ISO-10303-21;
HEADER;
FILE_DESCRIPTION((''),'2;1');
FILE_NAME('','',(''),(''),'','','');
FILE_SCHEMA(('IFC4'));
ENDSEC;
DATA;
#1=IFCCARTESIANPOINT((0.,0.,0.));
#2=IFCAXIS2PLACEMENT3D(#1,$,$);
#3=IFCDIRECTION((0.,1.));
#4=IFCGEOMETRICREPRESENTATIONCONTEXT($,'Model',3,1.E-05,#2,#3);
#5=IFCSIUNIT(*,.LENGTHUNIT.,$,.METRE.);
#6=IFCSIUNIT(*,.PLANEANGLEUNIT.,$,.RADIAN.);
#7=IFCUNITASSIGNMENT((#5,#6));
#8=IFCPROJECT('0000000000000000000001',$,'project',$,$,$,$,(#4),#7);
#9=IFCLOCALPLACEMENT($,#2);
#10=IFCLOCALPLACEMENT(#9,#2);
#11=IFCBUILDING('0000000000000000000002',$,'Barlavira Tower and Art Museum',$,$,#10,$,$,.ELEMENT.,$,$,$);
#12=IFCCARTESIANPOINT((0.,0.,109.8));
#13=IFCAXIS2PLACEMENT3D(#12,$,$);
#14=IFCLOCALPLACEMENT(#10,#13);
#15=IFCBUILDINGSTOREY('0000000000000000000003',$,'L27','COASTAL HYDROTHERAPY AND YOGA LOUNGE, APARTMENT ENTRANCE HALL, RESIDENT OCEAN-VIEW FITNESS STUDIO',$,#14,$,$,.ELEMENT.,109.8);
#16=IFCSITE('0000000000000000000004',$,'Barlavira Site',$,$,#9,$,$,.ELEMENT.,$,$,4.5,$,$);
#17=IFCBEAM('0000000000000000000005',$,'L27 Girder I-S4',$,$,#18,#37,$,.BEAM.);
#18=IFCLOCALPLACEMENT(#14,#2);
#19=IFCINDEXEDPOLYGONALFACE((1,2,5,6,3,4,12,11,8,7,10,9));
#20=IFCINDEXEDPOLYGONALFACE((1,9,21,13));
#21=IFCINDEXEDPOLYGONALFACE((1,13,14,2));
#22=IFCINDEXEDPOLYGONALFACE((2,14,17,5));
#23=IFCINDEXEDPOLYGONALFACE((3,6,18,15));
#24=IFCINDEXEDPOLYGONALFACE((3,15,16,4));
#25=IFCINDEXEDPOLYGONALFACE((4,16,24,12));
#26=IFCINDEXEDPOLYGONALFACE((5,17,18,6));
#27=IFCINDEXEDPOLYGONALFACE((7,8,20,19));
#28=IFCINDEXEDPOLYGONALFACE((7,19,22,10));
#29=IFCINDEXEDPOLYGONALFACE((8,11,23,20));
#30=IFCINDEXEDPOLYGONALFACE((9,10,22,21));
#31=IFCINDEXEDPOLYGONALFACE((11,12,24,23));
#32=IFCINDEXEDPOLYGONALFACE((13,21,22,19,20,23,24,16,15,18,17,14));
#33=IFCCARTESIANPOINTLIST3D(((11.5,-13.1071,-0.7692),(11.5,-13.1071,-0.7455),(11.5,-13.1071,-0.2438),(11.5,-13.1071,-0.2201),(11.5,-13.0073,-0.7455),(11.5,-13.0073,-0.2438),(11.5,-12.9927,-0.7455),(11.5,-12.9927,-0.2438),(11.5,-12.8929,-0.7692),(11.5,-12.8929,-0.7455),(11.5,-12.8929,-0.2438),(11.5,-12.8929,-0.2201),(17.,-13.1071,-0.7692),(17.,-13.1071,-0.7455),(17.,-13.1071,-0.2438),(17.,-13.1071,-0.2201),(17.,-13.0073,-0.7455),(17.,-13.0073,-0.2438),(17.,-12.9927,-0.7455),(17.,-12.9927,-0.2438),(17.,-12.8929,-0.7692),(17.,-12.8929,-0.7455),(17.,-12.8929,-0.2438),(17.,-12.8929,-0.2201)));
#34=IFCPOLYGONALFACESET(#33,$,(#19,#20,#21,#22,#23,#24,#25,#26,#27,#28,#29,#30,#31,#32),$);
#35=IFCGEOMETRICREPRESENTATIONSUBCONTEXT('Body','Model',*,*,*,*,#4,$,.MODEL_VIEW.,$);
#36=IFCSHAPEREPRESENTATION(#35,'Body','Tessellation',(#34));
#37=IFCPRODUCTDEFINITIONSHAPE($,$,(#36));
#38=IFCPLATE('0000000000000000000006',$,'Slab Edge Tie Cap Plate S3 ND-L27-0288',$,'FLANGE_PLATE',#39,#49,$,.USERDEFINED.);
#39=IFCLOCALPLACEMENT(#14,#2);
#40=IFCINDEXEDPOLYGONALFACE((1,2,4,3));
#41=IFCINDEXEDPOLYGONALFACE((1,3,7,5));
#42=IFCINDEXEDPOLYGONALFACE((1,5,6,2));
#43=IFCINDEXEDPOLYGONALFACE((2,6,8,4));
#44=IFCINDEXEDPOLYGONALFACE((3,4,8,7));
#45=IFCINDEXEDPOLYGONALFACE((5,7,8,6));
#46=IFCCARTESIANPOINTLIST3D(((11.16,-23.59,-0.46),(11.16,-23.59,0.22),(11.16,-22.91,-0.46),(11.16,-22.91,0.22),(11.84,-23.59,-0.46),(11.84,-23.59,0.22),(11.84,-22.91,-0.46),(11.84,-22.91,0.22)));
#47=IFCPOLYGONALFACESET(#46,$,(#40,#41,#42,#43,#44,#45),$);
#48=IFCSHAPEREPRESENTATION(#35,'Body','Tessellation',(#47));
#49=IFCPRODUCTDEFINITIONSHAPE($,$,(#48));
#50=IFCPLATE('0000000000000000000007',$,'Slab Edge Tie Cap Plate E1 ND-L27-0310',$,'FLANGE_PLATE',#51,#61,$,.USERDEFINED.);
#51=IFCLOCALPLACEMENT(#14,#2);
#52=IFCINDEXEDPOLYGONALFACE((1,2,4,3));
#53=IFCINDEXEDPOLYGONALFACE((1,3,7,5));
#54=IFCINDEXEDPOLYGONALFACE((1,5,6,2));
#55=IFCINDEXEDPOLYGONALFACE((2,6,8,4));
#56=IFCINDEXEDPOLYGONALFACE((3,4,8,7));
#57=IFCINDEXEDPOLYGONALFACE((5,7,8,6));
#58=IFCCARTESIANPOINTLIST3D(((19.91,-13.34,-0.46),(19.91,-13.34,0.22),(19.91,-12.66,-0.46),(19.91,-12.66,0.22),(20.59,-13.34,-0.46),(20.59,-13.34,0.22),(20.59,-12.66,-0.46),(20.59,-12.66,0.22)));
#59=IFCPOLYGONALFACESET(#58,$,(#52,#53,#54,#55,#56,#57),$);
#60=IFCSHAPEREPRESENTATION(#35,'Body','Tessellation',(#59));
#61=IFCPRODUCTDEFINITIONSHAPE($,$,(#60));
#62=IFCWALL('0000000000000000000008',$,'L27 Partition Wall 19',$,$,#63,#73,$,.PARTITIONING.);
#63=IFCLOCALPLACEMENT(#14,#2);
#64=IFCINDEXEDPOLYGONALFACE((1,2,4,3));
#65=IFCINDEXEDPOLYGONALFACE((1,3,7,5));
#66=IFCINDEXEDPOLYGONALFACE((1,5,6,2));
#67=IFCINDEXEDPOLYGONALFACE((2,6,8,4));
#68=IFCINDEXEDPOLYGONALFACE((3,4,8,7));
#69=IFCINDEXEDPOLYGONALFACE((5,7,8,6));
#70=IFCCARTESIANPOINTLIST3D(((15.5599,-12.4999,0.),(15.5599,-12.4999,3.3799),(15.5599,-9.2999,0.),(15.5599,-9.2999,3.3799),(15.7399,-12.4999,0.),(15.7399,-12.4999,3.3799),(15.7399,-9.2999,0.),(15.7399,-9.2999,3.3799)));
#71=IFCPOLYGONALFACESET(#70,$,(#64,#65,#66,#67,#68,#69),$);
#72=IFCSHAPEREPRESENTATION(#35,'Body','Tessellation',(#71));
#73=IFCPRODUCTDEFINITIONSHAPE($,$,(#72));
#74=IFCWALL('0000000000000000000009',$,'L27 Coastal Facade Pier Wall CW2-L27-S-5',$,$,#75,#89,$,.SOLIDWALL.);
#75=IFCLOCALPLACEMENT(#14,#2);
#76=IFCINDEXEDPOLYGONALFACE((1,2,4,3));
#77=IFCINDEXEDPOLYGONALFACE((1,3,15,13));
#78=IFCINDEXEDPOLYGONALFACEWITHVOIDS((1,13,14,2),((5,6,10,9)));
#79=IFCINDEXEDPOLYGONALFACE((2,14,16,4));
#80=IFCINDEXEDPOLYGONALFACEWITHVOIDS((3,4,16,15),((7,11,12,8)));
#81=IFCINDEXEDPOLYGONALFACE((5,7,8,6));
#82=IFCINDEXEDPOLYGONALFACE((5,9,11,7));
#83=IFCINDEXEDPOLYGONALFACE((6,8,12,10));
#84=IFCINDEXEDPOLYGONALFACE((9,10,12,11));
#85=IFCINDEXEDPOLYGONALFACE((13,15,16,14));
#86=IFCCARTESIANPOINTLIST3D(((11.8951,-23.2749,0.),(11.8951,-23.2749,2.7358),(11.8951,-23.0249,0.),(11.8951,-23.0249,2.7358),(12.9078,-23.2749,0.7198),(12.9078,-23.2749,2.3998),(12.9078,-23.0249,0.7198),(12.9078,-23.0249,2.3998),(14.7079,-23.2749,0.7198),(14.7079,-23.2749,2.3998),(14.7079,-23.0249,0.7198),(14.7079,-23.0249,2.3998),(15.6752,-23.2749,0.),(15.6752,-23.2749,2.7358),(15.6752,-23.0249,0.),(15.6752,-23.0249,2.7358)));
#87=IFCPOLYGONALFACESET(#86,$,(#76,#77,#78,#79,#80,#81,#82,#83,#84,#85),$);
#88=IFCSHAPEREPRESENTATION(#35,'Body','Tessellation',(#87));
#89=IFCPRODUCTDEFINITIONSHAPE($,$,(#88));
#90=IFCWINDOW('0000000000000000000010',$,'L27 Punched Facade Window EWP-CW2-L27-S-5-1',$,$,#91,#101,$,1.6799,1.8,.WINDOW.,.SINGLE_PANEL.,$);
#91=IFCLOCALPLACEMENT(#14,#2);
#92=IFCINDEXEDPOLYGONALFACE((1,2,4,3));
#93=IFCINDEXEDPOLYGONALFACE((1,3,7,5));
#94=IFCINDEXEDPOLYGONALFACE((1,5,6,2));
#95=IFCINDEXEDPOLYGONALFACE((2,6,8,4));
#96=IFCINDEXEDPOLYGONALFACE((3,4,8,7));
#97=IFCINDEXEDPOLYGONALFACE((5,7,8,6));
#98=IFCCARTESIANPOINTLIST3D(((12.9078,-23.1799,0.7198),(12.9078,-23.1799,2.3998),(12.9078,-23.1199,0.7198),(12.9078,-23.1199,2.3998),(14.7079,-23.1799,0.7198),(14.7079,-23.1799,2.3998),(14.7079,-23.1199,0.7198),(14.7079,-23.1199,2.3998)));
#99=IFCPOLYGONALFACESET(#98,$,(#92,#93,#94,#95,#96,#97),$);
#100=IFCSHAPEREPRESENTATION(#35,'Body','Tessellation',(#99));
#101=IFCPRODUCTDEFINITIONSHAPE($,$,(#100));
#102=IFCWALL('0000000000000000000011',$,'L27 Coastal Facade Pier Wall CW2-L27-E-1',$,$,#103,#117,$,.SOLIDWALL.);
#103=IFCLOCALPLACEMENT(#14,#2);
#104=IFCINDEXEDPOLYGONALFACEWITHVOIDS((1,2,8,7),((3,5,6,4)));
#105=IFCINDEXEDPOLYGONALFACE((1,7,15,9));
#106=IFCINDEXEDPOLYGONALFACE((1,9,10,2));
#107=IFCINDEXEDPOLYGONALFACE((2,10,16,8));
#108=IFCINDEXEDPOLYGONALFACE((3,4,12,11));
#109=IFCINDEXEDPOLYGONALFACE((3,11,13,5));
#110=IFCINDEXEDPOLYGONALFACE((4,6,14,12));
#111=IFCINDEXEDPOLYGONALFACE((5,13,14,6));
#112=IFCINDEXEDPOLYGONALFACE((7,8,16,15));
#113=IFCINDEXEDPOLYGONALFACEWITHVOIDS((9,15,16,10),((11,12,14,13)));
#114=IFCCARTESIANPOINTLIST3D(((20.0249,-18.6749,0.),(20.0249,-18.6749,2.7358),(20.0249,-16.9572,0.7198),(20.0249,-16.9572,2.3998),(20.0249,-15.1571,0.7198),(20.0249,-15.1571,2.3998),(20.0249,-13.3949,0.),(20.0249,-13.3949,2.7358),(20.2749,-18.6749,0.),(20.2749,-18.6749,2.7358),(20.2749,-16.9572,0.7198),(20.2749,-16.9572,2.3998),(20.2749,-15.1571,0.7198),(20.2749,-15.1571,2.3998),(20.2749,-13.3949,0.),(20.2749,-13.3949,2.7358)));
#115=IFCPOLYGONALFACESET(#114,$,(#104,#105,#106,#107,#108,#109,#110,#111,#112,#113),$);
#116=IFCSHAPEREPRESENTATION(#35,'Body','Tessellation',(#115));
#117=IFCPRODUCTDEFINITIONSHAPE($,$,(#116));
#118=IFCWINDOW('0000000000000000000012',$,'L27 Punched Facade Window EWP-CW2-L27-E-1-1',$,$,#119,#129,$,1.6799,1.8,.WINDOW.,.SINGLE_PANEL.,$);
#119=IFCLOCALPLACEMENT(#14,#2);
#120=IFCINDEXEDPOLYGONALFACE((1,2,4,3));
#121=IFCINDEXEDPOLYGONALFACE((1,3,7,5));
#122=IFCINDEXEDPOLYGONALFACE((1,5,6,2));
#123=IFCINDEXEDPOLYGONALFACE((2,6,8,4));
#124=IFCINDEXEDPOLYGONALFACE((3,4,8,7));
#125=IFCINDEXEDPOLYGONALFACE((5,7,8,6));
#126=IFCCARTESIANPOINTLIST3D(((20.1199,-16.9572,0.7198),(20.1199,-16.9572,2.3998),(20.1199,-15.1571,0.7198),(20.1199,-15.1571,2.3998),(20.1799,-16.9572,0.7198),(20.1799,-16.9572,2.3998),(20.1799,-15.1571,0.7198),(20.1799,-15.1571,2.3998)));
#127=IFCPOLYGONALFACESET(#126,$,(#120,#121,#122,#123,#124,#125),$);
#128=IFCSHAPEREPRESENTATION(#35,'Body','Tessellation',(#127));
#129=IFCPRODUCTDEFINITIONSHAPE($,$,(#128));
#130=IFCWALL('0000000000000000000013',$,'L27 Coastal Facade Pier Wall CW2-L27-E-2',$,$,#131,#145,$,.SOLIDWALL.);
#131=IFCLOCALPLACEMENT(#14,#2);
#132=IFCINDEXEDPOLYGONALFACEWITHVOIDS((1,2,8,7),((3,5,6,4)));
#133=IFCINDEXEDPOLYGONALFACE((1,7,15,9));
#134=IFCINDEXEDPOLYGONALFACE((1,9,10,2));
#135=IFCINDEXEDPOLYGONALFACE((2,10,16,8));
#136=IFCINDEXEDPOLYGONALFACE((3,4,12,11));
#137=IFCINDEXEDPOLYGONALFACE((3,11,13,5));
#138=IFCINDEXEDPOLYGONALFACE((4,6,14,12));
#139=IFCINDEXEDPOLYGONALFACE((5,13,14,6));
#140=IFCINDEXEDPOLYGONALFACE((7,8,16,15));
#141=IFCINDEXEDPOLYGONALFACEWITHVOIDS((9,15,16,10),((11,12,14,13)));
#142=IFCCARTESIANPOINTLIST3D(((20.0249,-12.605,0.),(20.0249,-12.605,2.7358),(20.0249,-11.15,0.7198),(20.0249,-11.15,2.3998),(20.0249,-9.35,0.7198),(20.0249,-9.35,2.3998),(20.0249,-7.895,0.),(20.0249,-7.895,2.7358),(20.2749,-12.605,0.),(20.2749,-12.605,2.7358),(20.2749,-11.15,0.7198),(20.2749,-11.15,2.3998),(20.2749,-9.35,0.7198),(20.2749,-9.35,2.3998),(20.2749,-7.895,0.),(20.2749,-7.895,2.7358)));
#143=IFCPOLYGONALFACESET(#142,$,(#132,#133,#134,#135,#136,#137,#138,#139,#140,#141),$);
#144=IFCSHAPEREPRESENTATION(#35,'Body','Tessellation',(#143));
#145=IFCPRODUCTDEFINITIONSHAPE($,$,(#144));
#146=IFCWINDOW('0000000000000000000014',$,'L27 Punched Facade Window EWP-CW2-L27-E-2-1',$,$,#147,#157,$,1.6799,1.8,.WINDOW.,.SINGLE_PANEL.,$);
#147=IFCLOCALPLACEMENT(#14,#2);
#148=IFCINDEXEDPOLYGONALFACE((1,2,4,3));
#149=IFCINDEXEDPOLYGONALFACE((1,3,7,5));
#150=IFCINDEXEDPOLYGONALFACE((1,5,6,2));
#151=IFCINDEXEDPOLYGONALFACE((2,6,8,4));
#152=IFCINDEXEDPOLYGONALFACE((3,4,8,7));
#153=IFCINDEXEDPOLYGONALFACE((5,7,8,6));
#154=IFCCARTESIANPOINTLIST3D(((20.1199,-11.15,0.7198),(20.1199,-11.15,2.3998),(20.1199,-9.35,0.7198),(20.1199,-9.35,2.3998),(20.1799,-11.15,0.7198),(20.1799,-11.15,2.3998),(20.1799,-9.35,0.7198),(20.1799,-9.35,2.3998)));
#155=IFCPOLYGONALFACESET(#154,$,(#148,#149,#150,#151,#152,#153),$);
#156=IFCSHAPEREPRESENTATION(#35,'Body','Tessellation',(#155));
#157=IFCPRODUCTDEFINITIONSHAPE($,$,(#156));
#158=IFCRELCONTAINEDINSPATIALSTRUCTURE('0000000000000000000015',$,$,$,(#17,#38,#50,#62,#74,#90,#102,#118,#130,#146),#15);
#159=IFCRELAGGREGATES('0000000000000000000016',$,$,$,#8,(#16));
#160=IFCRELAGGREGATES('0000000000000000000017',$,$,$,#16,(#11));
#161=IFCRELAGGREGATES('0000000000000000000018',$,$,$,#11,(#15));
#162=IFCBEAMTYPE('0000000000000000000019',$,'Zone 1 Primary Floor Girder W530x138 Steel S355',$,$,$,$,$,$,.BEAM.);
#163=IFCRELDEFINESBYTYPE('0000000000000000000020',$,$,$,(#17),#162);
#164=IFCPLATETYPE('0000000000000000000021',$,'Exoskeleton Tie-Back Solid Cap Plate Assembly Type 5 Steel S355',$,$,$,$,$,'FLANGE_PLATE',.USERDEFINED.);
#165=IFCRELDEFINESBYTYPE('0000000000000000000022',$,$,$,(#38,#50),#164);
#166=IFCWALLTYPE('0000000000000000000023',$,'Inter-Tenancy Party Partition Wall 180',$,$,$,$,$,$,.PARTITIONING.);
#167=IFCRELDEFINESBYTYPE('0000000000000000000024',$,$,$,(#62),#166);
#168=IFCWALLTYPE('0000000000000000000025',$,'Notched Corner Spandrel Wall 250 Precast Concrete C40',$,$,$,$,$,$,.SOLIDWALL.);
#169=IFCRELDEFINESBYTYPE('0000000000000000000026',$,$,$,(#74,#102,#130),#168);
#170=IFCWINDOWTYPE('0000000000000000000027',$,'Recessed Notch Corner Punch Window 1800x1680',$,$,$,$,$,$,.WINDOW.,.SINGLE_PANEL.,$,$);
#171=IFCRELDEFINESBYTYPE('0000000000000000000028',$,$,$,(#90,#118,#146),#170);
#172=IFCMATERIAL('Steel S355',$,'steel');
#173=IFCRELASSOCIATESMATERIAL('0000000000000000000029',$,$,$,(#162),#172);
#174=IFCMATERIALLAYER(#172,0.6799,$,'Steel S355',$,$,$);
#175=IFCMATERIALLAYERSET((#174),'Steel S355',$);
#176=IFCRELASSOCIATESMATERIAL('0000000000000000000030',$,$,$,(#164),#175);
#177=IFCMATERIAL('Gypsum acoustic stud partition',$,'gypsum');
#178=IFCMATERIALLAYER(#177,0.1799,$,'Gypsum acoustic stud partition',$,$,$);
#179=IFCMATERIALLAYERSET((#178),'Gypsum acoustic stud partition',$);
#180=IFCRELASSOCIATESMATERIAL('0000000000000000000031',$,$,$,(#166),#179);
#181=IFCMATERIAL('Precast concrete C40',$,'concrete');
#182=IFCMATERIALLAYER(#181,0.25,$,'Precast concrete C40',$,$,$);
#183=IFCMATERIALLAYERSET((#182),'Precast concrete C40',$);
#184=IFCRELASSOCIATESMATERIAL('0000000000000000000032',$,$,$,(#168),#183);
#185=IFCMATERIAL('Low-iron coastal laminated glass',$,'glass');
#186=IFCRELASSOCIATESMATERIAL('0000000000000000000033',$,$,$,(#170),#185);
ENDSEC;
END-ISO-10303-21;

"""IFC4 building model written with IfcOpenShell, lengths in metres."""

from ifc_helpers import new_model, si_unit, direction, frame, frame_2d, origin, origin_2d, place, context, subcontext, project, spatial, rectangle, i_section, extrude, material, layer, layer_set, material_profile, profile_set, type_object, element, fill, save


model = new_model("IFC4")

# Units and contexts
model_context = context("Model", 3, precision=1e-05, world=origin(), true_north=direction((0.0, 1.0)))
body_context = subcontext(model_context, "Body", "Model", "MODEL_VIEW")
ifc_project = project(units=[si_unit("LENGTHUNIT", "METRE"), si_unit("PLANEANGLEUNIT", "RADIAN")], contexts=[model_context])

# Site, building, storey
site_placement = place(None, origin())
site = spatial("IfcSite", under=ifc_project, at=site_placement, Name="Barlavira Site", CompositionType="ELEMENT", RefElevation=4.5)
building_placement = place(site_placement, origin())
building = spatial("IfcBuilding", under=site, at=building_placement, Name="Barlavira Tower and Art Museum", CompositionType="ELEMENT")
storey_placement = place(building_placement, frame((0.0, 0.0, 109.8)))
storey = spatial("IfcBuildingStorey", under=building, at=storey_placement, Name="L27", Description="COASTAL HYDROTHERAPY AND YOGA LOUNGE, APARTMENT ENTRANCE HALL, RESIDENT OCEAN-VIEW FITNESS STUDIO", CompositionType="ELEMENT", Elevation=109.8)

# Shared definitions
ifc_material_1 = material(Name="Steel S355", Category="steel")

# Beam
ifc_material_profile_1 = material_profile(ifc_material_1, i_section(OverallWidth=0.2141, OverallDepth=0.5491, WebThickness=0.0146, FlangeThickness=0.0237, at=origin_2d()), Name="W530x138.0")
ifc_profile_set_1 = profile_set([ifc_material_profile_1], Name="Steel S355")
beam_type_1 = type_object("IfcBeamType", Name="Zone 1 Primary Floor Girder W530x138 Steel S355", PredefinedType="BEAM", material=ifc_profile_set_1)
for number, where, z_axis, x_axis, name in (
    (1, (11.5, -13.0, -0.4946), (1.0, 0.0, 0.0), (0.0, 1.0, 0.0), "L27 Girder I-S4"),
):
    element("IfcBeam", number, at=place(storey_placement, frame(where, z_axis=z_axis, x_axis=x_axis)), inside=storey, type_object=beam_type_1, Name=name, PredefinedType="BEAM", context=body_context, shape_type="SweptSolid", body=[
        extrude(i_section(OverallWidth=0.2141, OverallDepth=0.5491, WebThickness=0.0146, FlangeThickness=0.0237, at=origin_2d()), origin(), (0.0, 0.0, 1.0), 5.5),
    ])

# Plates
ifc_layer_1 = layer(ifc_material_1, 0.6799, Name="Steel S355")
ifc_layer_set_1 = layer_set([ifc_layer_1], Name="Steel S355")
plate_type = type_object("IfcPlateType", Name="Exoskeleton Tie-Back Solid Cap Plate Assembly Type 5 Steel S355", ElementType="FLANGE_PLATE", PredefinedType="USERDEFINED", material=ifc_layer_set_1)
for number, where, z_axis, x_axis, name in (
    (2, (11.5, -23.25, -0.46), (0.0, 0.0, 1.0), (1.0, 0.0, 0.0), "Slab Edge Tie Cap Plate S3 ND-L27-0288"),
    (3, (20.25, -13.0, -0.46), (0.0, 0.0, 1.0), (1.0, 0.0, 0.0), "Slab Edge Tie Cap Plate E1 ND-L27-0310"),
):
    element("IfcPlate", number, at=place(storey_placement, frame(where, z_axis=z_axis, x_axis=x_axis)), inside=storey, type_object=plate_type, Name=name, ObjectType="FLANGE_PLATE", PredefinedType="USERDEFINED", context=body_context, shape_type="SweptSolid", body=[
        extrude(rectangle(XDim=0.6799, YDim=0.6799, at=origin_2d()), origin(), (0.0, 0.0, 1.0), 0.6799),
    ])

# Wall
ifc_material_2 = material(Name="Gypsum acoustic stud partition", Category="gypsum")
ifc_layer_2 = layer(ifc_material_2, 0.1799, Name="Gypsum acoustic stud partition")
ifc_layer_set_2 = layer_set([ifc_layer_2], Name="Gypsum acoustic stud partition")
wall_type_1 = type_object("IfcWallType", Name="Inter-Tenancy Party Partition Wall 180", PredefinedType="PARTITIONING", material=ifc_layer_set_2)
wall_1_placement = place(storey_placement, frame((15.6499, -12.5, 0.0), z_axis=(0.0, 0.0, 1.0), x_axis=(0.0, 1.0, 0.0)))
element("IfcWall", 4, at=wall_1_placement, inside=storey, type_object=wall_type_1, Name="L27 Partition Wall 19", PredefinedType="PARTITIONING", context=body_context, shape_type="SweptSolid", body=[
    extrude(rectangle(XDim=3.2, YDim=0.1799, at=frame_2d((1.6001, 0.0))), origin(), (0.0, 0.0, 1.0), 3.3799),
])

# Walls, openings, windows
ifc_material_3 = material(Name="Precast concrete C40", Category="concrete")
ifc_layer_3 = layer(ifc_material_3, 0.25, Name="Precast concrete C40")
ifc_layer_set_3 = layer_set([ifc_layer_3], Name="Precast concrete C40")
wall_type_2 = type_object("IfcWallType", Name="Notched Corner Spandrel Wall 250 Precast Concrete C40", PredefinedType="SOLIDWALL", material=ifc_layer_set_3)
wall_2_placement = place(storey_placement, frame((11.895, -23.1499, 0.0), z_axis=(0.0, 0.0, 1.0), x_axis=(1.0, 0.0, 0.0)))
wall_2 = element("IfcWall", 5, at=wall_2_placement, inside=storey, type_object=wall_type_2, Name="L27 Coastal Facade Pier Wall CW2-L27-S-5", PredefinedType="SOLIDWALL", context=body_context, shape_type="SweptSolid", body=[
    extrude(rectangle(XDim=3.78, YDim=0.25, at=frame_2d((1.8901, 0.0))), origin(), (0.0, 0.0, 1.0), 2.7358),
])
opening_1_placement = place(wall_2_placement, frame((1.0129, 0.0, 0.72)))
opening_1 = element("IfcOpeningElement", 6, at=opening_1_placement, cuts=wall_2, PredefinedType="OPENING", context=body_context, shape_type="SweptSolid", body=[
    extrude(rectangle(XDim=1.8, YDim=1.6799, at=frame_2d((0.8999, 0.8398))), frame((0.0, 0.135, 0.0), z_axis=(0.0, -1.0, 0.0), x_axis=(1.0, 0.0, 0.0)), (0.0, 0.0, 1.0), 0.27),
])
ifc_material_4 = material(Name="Low-iron coastal laminated glass", Category="glass")
window_type = type_object("IfcWindowType", Name="Recessed Notch Corner Punch Window 1800x1680", PartitioningType="SINGLE_PANEL", PredefinedType="WINDOW", material=ifc_material_4)
window_1_placement = place(opening_1_placement, origin())
window_1 = element("IfcWindow", 7, at=window_1_placement, inside=storey, type_object=window_type, Name="L27 Punched Facade Window EWP-CW2-L27-S-5-1", OverallHeight=1.6799, OverallWidth=1.8, PartitioningType="SINGLE_PANEL", PredefinedType="WINDOW", context=body_context, shape_type="SweptSolid", body=[
    extrude(rectangle(XDim=1.8, YDim=1.6799, at=frame_2d((0.8999, 0.8398))), frame((0.0, 0.03, 0.0), z_axis=(0.0, -1.0, 0.0), x_axis=(1.0, 0.0, 0.0)), (0.0, 0.0, 1.0), 0.0601),
])
fill(opening_1, window_1)
wall_3_placement = place(storey_placement, frame((20.1499, -18.675, 0.0), z_axis=(0.0, 0.0, 1.0), x_axis=(0.0, 1.0, 0.0)))
wall_3 = element("IfcWall", 8, at=wall_3_placement, inside=storey, type_object=wall_type_2, Name="L27 Coastal Facade Pier Wall CW2-L27-E-1", PredefinedType="SOLIDWALL", context=body_context, shape_type="SweptSolid", body=[
    extrude(rectangle(XDim=5.28, YDim=0.25, at=frame_2d((2.6401, 0.0))), origin(), (0.0, 0.0, 1.0), 2.7358),
])
opening_2_placement = place(wall_3_placement, frame((1.718, 0.0, 0.72)))
opening_2 = element("IfcOpeningElement", 9, at=opening_2_placement, cuts=wall_3, PredefinedType="OPENING", context=body_context, shape_type="SweptSolid", body=[
    extrude(rectangle(XDim=1.8, YDim=1.6799, at=frame_2d((0.8999, 0.8398))), frame((0.0, 0.135, 0.0), z_axis=(0.0, -1.0, 0.0), x_axis=(1.0, 0.0, 0.0)), (0.0, 0.0, 1.0), 0.27),
])
window_2_placement = place(opening_2_placement, origin())
window_2 = element("IfcWindow", 10, at=window_2_placement, inside=storey, type_object=window_type, Name="L27 Punched Facade Window EWP-CW2-L27-E-1-1", OverallHeight=1.6799, OverallWidth=1.8, PartitioningType="SINGLE_PANEL", PredefinedType="WINDOW", context=body_context, shape_type="SweptSolid", body=[
    extrude(rectangle(XDim=1.8, YDim=1.6799, at=frame_2d((0.8999, 0.8398))), frame((0.0, 0.03, 0.0), z_axis=(0.0, -1.0, 0.0), x_axis=(1.0, 0.0, 0.0)), (0.0, 0.0, 1.0), 0.0601),
])
fill(opening_2, window_2)
wall_4_placement = place(storey_placement, frame((20.1499, -12.605, 0.0), z_axis=(0.0, 0.0, 1.0), x_axis=(0.0, 1.0, 0.0)))
wall_4 = element("IfcWall", 11, at=wall_4_placement, inside=storey, type_object=wall_type_2, Name="L27 Coastal Facade Pier Wall CW2-L27-E-2", PredefinedType="SOLIDWALL", context=body_context, shape_type="SweptSolid", body=[
    extrude(rectangle(XDim=4.71, YDim=0.25, at=frame_2d((2.355, 0.0))), origin(), (0.0, 0.0, 1.0), 2.7358),
])
opening_3_placement = place(wall_4_placement, frame((1.4551, 0.0, 0.72)))
opening_3 = element("IfcOpeningElement", 12, at=opening_3_placement, cuts=wall_4, PredefinedType="OPENING", context=body_context, shape_type="SweptSolid", body=[
    extrude(rectangle(XDim=1.8, YDim=1.6799, at=frame_2d((0.8999, 0.8398))), frame((0.0, 0.135, 0.0), z_axis=(0.0, -1.0, 0.0), x_axis=(1.0, 0.0, 0.0)), (0.0, 0.0, 1.0), 0.27),
])
window_3_placement = place(opening_3_placement, origin())
window_3 = element("IfcWindow", 13, at=window_3_placement, inside=storey, type_object=window_type, Name="L27 Punched Facade Window EWP-CW2-L27-E-2-1", OverallHeight=1.6799, OverallWidth=1.8, PartitioningType="SINGLE_PANEL", PredefinedType="WINDOW", context=body_context, shape_type="SweptSolid", body=[
    extrude(rectangle(XDim=1.8, YDim=1.6799, at=frame_2d((0.8999, 0.8398))), frame((0.0, 0.03, 0.0), z_axis=(0.0, -1.0, 0.0), x_axis=(1.0, 0.0, 0.0)), (0.0, 0.0, 1.0), 0.0601),
])
fill(opening_3, window_3)

save(model, "model.ifc")
